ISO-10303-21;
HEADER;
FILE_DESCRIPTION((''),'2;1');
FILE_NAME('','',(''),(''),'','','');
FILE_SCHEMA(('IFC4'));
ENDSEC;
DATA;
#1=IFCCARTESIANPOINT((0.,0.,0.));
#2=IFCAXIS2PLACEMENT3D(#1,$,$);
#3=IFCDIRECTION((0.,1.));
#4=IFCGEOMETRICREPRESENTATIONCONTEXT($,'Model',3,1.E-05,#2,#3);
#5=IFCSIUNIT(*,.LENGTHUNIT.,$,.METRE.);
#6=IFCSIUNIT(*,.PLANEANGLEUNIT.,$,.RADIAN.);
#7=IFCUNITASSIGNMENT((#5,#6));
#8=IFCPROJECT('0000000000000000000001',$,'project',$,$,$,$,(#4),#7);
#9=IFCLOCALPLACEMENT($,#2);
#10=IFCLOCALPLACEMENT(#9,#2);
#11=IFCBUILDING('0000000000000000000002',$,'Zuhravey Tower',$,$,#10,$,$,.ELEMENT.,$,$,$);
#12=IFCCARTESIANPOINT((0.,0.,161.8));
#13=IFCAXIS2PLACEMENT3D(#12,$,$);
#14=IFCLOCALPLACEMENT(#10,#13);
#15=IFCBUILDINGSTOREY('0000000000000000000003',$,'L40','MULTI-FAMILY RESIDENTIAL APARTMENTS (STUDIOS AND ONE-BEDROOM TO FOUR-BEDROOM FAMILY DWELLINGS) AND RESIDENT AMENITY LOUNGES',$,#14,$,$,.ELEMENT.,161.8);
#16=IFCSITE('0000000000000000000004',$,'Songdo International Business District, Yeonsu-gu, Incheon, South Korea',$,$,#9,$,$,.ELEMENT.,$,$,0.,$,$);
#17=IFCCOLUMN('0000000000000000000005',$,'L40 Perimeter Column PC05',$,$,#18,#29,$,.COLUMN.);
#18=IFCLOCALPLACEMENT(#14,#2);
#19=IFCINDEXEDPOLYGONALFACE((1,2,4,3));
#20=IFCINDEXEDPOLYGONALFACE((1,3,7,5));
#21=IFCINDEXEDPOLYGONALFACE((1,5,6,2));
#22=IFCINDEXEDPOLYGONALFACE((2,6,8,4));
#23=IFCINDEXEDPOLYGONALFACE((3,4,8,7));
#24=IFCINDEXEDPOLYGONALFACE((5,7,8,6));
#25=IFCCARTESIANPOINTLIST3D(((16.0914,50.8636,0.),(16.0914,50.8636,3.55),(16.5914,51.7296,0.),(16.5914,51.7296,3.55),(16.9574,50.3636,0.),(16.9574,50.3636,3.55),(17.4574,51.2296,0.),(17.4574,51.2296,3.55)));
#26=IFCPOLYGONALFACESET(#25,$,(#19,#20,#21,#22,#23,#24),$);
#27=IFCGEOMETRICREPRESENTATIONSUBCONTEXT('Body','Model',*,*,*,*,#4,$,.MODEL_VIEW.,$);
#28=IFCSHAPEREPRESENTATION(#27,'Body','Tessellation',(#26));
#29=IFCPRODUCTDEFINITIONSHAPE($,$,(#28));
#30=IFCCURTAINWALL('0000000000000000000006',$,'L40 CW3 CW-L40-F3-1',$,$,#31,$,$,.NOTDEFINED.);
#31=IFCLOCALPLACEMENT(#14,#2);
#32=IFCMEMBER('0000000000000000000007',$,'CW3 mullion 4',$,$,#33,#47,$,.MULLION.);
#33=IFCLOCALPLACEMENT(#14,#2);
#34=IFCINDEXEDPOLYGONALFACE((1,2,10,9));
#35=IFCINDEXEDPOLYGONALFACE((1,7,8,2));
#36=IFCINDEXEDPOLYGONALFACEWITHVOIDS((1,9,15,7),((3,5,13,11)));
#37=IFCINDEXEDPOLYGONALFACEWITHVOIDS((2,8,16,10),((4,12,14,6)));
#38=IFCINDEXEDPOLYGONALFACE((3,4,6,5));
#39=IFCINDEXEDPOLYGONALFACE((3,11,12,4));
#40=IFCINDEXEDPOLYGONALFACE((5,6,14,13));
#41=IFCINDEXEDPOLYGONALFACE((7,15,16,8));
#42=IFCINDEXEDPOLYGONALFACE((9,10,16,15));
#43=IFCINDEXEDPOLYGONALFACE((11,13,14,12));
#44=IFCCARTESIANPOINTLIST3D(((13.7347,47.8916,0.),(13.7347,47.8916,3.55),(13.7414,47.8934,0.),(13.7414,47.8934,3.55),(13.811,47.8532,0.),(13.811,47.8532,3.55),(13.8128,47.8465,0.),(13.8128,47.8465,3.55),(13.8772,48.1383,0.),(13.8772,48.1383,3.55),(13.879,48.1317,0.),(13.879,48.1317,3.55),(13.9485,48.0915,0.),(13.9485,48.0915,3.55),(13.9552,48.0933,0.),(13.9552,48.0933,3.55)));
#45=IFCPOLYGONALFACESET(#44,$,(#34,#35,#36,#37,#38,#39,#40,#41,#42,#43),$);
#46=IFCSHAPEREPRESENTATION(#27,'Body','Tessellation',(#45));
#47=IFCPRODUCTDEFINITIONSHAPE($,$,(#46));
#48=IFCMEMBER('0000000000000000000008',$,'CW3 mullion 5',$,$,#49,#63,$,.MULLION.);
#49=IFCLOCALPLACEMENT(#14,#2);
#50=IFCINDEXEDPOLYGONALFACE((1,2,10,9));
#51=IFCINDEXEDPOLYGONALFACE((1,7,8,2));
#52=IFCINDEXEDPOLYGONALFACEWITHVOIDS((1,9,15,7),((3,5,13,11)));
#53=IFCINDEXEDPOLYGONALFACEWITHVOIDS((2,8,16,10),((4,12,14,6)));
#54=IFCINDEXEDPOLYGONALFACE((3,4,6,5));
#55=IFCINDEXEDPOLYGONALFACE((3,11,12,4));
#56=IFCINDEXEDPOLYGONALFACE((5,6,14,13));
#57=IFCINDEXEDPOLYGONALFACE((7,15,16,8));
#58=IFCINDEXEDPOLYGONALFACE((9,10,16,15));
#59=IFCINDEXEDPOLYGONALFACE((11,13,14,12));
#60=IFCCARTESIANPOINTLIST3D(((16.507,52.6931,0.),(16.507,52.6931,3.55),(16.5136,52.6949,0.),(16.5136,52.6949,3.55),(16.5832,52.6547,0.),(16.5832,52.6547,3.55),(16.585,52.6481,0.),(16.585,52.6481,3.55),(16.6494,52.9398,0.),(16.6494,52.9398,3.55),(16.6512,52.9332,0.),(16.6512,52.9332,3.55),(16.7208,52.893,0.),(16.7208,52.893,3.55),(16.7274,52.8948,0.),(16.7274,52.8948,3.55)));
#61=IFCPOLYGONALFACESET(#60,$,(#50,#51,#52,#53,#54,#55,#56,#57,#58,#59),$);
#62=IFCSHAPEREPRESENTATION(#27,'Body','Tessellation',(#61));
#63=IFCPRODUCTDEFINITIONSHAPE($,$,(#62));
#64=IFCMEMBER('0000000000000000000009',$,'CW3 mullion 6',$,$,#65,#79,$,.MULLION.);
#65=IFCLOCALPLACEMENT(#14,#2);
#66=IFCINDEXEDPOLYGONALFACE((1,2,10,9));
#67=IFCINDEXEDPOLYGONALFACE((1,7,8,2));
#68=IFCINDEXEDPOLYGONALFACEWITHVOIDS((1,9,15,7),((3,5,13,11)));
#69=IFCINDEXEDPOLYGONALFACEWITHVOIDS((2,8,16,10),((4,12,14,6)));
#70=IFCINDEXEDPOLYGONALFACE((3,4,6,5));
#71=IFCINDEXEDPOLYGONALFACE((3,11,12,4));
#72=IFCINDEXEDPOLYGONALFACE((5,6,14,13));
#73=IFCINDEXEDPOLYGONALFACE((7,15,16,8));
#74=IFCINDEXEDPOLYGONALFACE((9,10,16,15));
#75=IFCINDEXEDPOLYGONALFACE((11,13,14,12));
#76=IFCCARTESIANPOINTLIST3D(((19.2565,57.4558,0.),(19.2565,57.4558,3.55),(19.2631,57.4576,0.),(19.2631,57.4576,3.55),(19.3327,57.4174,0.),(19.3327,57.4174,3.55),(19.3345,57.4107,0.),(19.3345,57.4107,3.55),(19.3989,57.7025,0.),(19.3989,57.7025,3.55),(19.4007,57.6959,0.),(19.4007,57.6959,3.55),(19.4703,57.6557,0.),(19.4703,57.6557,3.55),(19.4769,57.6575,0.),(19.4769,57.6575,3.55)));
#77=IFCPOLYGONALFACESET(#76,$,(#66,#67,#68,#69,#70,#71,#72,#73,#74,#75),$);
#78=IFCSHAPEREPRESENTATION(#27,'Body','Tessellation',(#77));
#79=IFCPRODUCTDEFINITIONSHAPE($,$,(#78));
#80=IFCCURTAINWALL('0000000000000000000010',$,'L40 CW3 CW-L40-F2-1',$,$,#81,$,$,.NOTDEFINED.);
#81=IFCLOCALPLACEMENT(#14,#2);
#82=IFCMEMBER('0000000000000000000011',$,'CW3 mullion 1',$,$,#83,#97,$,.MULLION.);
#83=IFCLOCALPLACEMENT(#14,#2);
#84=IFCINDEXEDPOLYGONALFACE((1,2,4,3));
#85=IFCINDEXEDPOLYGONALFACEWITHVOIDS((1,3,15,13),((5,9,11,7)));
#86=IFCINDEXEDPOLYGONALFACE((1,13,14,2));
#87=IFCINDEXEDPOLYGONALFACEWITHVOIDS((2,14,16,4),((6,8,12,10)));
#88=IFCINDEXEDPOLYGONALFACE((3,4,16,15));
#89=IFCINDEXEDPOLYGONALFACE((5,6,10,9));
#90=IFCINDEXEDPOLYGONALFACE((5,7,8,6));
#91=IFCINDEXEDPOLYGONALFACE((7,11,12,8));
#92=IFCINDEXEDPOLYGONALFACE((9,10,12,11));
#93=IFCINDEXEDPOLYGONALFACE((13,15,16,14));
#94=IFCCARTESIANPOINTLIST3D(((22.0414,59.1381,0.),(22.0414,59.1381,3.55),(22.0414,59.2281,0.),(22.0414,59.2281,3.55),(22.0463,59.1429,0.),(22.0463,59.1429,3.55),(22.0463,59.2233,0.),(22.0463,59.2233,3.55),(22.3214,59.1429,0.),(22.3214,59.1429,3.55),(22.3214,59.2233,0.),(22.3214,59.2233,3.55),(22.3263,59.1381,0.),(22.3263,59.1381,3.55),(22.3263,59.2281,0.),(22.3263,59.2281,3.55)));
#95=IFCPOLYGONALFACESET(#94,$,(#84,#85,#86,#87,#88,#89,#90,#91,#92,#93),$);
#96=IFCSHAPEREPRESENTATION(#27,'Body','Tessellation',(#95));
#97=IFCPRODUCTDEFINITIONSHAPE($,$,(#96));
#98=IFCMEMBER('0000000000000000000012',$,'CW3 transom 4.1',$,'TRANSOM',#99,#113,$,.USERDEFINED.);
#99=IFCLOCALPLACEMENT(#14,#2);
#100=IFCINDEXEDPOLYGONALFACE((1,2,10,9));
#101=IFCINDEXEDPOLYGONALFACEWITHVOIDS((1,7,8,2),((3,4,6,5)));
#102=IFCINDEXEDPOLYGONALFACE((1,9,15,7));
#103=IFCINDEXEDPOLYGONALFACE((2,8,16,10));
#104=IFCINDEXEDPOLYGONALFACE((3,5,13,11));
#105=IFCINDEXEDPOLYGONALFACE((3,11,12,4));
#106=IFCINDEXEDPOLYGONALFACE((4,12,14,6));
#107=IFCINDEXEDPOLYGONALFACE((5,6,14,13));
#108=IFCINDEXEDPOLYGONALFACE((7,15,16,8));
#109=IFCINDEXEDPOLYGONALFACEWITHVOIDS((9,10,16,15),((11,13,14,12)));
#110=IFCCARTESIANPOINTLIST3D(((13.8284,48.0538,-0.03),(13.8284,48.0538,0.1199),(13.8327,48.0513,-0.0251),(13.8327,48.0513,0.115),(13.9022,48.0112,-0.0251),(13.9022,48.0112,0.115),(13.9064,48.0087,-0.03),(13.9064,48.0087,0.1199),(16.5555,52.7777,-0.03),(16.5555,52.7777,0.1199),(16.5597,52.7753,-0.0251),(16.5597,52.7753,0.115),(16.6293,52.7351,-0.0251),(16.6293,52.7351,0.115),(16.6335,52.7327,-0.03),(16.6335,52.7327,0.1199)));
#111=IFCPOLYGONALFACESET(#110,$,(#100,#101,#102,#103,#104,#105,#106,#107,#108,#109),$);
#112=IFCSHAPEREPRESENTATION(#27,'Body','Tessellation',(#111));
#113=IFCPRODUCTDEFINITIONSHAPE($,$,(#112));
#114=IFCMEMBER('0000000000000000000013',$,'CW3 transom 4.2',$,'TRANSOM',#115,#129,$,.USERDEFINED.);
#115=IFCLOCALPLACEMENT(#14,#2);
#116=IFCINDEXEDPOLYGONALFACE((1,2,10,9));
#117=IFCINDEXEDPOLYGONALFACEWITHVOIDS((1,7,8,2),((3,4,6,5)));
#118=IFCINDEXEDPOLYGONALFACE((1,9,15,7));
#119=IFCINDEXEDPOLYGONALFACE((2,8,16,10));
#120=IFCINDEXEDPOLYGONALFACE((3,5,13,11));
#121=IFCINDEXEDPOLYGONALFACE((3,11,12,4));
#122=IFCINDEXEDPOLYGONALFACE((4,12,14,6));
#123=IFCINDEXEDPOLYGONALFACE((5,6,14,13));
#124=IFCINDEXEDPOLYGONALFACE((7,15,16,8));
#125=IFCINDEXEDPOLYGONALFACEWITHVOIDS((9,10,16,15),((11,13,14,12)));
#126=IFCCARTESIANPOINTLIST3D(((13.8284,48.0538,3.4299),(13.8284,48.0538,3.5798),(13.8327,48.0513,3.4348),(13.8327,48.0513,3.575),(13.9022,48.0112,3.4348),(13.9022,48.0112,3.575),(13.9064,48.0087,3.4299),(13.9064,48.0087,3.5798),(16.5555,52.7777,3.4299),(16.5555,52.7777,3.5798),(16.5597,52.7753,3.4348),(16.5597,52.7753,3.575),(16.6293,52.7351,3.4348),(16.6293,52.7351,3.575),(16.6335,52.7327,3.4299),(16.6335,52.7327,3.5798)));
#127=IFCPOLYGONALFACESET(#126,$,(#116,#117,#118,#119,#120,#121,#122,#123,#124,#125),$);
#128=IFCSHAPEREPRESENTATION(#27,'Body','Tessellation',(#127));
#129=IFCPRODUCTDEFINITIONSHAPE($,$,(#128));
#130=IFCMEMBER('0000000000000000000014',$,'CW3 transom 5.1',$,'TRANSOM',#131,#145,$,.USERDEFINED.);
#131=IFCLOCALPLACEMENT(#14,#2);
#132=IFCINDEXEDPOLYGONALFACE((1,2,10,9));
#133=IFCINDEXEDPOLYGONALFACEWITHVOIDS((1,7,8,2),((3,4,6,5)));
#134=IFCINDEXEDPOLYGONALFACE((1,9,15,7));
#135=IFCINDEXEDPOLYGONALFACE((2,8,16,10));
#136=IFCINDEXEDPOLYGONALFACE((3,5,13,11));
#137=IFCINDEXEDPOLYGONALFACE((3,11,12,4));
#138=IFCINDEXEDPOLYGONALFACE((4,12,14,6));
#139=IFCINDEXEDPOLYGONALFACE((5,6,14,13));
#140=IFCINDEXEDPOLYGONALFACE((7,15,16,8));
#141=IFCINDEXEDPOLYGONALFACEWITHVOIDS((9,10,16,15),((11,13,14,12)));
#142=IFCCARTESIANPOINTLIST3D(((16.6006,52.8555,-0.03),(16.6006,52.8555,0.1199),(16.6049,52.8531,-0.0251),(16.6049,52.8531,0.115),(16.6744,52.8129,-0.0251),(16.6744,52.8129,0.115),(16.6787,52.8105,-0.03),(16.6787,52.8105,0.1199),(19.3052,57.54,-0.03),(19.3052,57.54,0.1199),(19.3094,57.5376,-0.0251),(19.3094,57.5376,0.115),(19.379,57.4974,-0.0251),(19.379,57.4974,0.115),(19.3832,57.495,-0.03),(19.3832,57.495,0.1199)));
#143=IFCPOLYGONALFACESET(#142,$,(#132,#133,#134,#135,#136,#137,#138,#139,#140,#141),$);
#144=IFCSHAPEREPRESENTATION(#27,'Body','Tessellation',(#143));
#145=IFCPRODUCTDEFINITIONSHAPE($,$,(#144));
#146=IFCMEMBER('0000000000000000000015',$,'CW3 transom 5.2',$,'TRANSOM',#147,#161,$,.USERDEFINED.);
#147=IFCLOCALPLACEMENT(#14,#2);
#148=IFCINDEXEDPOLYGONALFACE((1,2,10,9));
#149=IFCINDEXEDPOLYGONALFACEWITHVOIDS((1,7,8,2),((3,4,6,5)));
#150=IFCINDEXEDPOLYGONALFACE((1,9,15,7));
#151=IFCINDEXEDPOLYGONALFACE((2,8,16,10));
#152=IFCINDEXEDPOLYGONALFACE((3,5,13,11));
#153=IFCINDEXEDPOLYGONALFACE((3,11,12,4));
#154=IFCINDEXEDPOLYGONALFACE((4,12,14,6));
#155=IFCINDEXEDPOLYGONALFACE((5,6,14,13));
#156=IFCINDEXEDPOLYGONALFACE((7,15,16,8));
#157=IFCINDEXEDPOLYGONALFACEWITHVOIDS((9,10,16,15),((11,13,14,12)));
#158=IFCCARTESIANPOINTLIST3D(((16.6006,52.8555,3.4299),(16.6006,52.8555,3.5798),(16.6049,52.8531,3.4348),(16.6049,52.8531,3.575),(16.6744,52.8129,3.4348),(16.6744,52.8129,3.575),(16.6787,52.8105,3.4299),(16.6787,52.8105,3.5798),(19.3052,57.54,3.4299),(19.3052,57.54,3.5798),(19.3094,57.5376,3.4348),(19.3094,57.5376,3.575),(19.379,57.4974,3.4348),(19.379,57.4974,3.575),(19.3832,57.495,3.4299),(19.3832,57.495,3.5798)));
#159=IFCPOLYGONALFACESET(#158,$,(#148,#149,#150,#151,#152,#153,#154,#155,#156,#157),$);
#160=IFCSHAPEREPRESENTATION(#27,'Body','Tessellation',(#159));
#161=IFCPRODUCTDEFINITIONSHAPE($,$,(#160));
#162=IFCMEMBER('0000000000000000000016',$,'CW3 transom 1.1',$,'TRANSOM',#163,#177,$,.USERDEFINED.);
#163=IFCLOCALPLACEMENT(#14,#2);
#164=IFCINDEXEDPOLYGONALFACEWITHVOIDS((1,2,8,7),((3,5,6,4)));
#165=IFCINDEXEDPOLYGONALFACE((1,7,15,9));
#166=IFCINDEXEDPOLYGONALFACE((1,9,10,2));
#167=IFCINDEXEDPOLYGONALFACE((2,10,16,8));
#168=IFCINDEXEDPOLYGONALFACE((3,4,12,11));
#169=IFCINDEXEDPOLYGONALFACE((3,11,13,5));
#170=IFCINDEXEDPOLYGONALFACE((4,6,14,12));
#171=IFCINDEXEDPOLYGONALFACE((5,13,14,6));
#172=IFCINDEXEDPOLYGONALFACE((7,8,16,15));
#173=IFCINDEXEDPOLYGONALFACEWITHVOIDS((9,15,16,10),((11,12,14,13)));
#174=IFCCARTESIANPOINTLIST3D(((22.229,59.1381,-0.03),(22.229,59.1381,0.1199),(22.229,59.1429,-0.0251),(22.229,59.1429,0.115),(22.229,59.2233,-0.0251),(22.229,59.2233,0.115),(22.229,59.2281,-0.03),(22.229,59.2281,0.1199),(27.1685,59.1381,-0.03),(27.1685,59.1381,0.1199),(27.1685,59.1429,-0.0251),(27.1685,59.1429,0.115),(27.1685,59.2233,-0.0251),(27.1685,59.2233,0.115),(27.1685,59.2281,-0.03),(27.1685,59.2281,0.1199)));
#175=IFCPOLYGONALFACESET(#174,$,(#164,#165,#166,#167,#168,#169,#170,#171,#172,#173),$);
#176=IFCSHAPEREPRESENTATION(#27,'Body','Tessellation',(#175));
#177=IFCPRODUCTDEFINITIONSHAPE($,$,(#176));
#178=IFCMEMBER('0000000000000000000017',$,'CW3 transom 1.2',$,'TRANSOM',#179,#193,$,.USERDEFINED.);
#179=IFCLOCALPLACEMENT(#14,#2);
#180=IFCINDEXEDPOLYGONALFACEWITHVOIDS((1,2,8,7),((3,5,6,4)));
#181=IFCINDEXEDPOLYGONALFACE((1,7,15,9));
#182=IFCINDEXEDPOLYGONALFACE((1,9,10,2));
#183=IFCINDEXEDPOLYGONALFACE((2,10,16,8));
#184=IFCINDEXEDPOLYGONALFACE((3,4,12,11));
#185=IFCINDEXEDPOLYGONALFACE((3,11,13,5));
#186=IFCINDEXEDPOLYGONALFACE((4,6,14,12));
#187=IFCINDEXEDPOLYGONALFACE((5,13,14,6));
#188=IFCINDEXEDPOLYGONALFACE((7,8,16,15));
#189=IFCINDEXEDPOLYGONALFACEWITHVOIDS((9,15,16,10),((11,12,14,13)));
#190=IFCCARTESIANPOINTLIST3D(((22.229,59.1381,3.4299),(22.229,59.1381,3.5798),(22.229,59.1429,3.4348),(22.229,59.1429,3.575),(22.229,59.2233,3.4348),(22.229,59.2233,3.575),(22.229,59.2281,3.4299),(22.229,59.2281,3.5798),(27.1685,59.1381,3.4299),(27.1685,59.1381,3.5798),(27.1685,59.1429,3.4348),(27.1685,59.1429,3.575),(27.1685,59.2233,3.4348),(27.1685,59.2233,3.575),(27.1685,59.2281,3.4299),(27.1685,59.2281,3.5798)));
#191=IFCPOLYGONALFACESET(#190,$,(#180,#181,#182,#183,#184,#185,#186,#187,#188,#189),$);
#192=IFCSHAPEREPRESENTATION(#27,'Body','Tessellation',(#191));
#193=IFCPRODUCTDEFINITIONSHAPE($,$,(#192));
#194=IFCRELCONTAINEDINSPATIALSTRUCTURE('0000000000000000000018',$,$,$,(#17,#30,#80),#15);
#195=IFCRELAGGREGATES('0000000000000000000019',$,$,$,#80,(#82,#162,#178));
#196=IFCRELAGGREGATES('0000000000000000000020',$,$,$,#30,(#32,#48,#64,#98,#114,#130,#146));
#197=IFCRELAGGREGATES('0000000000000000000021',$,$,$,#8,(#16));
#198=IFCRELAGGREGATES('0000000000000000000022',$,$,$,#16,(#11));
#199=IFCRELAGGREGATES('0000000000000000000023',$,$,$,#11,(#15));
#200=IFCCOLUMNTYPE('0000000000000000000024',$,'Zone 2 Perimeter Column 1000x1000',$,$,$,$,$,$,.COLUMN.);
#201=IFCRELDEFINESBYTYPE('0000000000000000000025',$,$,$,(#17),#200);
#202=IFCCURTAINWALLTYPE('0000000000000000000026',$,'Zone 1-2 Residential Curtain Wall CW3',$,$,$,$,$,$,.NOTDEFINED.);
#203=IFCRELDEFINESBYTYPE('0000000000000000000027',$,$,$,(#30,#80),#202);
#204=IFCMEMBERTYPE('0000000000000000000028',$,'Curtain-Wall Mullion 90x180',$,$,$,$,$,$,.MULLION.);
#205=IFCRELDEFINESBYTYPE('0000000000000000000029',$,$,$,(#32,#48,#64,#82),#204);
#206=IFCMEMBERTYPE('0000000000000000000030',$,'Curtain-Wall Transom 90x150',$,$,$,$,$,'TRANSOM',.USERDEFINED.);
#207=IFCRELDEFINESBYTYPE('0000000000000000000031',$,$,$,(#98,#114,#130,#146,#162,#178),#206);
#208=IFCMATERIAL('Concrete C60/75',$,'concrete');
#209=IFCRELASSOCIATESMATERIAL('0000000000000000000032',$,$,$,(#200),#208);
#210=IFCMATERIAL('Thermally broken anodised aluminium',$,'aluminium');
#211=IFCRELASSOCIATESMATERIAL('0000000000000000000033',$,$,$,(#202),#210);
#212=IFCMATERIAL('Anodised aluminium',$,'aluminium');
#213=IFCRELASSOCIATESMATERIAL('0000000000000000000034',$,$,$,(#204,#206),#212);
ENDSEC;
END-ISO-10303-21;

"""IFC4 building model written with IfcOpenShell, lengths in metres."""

from ifc_helpers import new_model, si_unit, direction, frame, origin, origin_2d, place, context, subcontext, project, spatial, rectangle, hollow_rectangle, extrude, material, material_profile, profile_set, type_object, element, aggregate, save


model = new_model("IFC4")

# Units and contexts
model_context = context("Model", 3, precision=1e-05, world=origin(), true_north=direction((0.0, 1.0)))
body_context = subcontext(model_context, "Body", "Model", "MODEL_VIEW")
ifc_project = project(units=[si_unit("LENGTHUNIT", "METRE"), si_unit("PLANEANGLEUNIT", "RADIAN")], contexts=[model_context])

# Site, building, storey
site_placement = place(None, origin())
site = spatial("IfcSite", under=ifc_project, at=site_placement, Name="Songdo International Business District, Yeonsu-gu, Incheon, South Korea", CompositionType="ELEMENT", RefElevation=0.0)
building_placement = place(site_placement, origin())
building = spatial("IfcBuilding", under=site, at=building_placement, Name="Zuhravey Tower", CompositionType="ELEMENT")
storey_placement = place(building_placement, frame((0.0, 0.0, 161.8)))
storey = spatial("IfcBuildingStorey", under=building, at=storey_placement, Name="L40", Description="MULTI-FAMILY RESIDENTIAL APARTMENTS (STUDIOS AND ONE-BEDROOM TO FOUR-BEDROOM FAMILY DWELLINGS) AND RESIDENT AMENITY LOUNGES", CompositionType="ELEMENT", Elevation=161.8)

# Column
ifc_material_1 = material(Name="Concrete C60/75", Category="concrete")
ifc_material_profile_1 = material_profile(ifc_material_1, rectangle(XDim=1.0, YDim=1.0, at=origin_2d()), Name="RC-1000x1000")
ifc_profile_set_1 = profile_set([ifc_material_profile_1], Name="Concrete C60/75")
column_type = type_object("IfcColumnType", Name="Zone 2 Perimeter Column 1000x1000", PredefinedType="COLUMN", material=ifc_profile_set_1)
column_placement = place(storey_placement, frame((16.7744, 51.0466, 0.0), z_axis=(0.0, 0.0, 1.0), x_axis=(-0.5, -0.866025, 0.0)))
element("IfcColumn", 1, at=column_placement, inside=storey, type_object=column_type, Name="L40 Perimeter Column PC05", PredefinedType="COLUMN", context=body_context, shape_type="SweptSolid", body=[
    extrude(rectangle(XDim=1.0, YDim=1.0, at=origin_2d()), origin(), (0.0, 0.0, 1.0), 3.55),
])

# Curtain wall, members
ifc_material_2 = material(Name="Thermally broken anodised aluminium", Category="aluminium")
curtain_wall_type = type_object("IfcCurtainWallType", Name="Zone 1-2 Residential Curtain Wall CW3", PredefinedType="NOTDEFINED", material=ifc_material_2)
curtain_wall_1_placement = place(storey_placement, origin())
curtain_wall_1 = element("IfcCurtainWall", 2, at=curtain_wall_1_placement, inside=storey, type_object=curtain_wall_type, Name="L40 CW3 CW-L40-F3-1", PredefinedType="NOTDEFINED")
ifc_material_3 = material(Name="Anodised aluminium", Category="aluminium")
ifc_material_profile_2 = material_profile(ifc_material_3, hollow_rectangle(XDim=0.0901, YDim=0.2849, WallThickness=0.0049, at=origin_2d()), Name="ALU-RHS-90x285x5")
ifc_profile_set_2 = profile_set([ifc_material_profile_2], Name="Anodised aluminium")
member_type_1 = type_object("IfcMemberType", Name="Curtain-Wall Mullion 90x180", PredefinedType="MULLION", material=ifc_profile_set_2)
member_1_placement = place(storey_placement, frame((13.845, 47.9924, 0.0), z_axis=(0.0, 0.0, 1.0), x_axis=(-0.866025, 0.5, 0.0)))
member_1 = element("IfcMember", 3, at=member_1_placement, type_object=member_type_1, Name="CW3 mullion 4", PredefinedType="MULLION", context=body_context, shape_type="SweptSolid", body=[
    extrude(hollow_rectangle(XDim=0.0901, YDim=0.2849, WallThickness=0.0049, at=origin_2d()), origin(), (0.0, 0.0, 1.0), 3.55),
])
member_2_placement = place(storey_placement, frame((16.6172, 52.7939, 0.0), z_axis=(0.0, 0.0, 1.0), x_axis=(-0.866025, 0.5, 0.0)))
member_2 = element("IfcMember", 4, at=member_2_placement, type_object=member_type_1, Name="CW3 mullion 5", PredefinedType="MULLION", context=body_context, shape_type="SweptSolid", body=[
    extrude(hollow_rectangle(XDim=0.0901, YDim=0.2849, WallThickness=0.0049, at=origin_2d()), origin(), (0.0, 0.0, 1.0), 3.55),
])
member_3_placement = place(storey_placement, frame((19.3667, 57.5566, 0.0), z_axis=(0.0, 0.0, 1.0), x_axis=(-0.866025, 0.5, 0.0)))
member_3 = element("IfcMember", 5, at=member_3_placement, type_object=member_type_1, Name="CW3 mullion 6", PredefinedType="MULLION", context=body_context, shape_type="SweptSolid", body=[
    extrude(hollow_rectangle(XDim=0.0901, YDim=0.2849, WallThickness=0.0049, at=origin_2d()), origin(), (0.0, 0.0, 1.0), 3.55),
])

# Curtain wall, member
curtain_wall_2_placement = place(storey_placement, origin())
curtain_wall_2 = element("IfcCurtainWall", 6, at=curtain_wall_2_placement, inside=storey, type_object=curtain_wall_type, Name="L40 CW3 CW-L40-F2-1", PredefinedType="NOTDEFINED")
member_4_placement = place(storey_placement, frame((22.1838, 59.1831, 0.0), z_axis=(0.0, 0.0, 1.0), x_axis=(0.0, 1.0, 0.0)))
member_4 = element("IfcMember", 7, at=member_4_placement, type_object=member_type_1, Name="CW3 mullion 1", PredefinedType="MULLION", context=body_context, shape_type="SweptSolid", body=[
    extrude(hollow_rectangle(XDim=0.0901, YDim=0.2849, WallThickness=0.0049, at=origin_2d()), origin(), (0.0, 0.0, 1.0), 3.55),
])

# Members
ifc_material_profile_3 = material_profile(ifc_material_3, hollow_rectangle(XDim=0.0901, YDim=0.1499, WallThickness=0.0049, at=origin_2d()), Name="ALU-RHS-90x150x5")
ifc_profile_set_3 = profile_set([ifc_material_profile_3], Name="Anodised aluminium")
member_type_2 = type_object("IfcMemberType", Name="Curtain-Wall Transom 90x150", ElementType="TRANSOM", PredefinedType="USERDEFINED", material=ifc_profile_set_3)
member_5_placement = place(storey_placement, frame((13.8674, 48.0312, 0.0449), z_axis=(0.499961, 0.866048, 0.0), x_axis=(-0.866048, 0.499961, 0.0)))
member_5 = element("IfcMember", 8, at=member_5_placement, type_object=member_type_2, Name="CW3 transom 4.1", ObjectType="TRANSOM", PredefinedType="USERDEFINED", context=body_context, shape_type="SweptSolid", body=[
    extrude(hollow_rectangle(XDim=0.0901, YDim=0.1499, WallThickness=0.0049, at=origin_2d()), origin(), (0.0, 0.0, 1.0), 5.4546),
])
member_6_placement = place(storey_placement, frame((13.8674, 48.0312, 3.5049), z_axis=(0.499961, 0.866048, 0.0), x_axis=(-0.866048, 0.499961, 0.0)))
member_6 = element("IfcMember", 9, at=member_6_placement, type_object=member_type_2, Name="CW3 transom 4.2", ObjectType="TRANSOM", PredefinedType="USERDEFINED", context=body_context, shape_type="SweptSolid", body=[
    extrude(hollow_rectangle(XDim=0.0901, YDim=0.1499, WallThickness=0.0049, at=origin_2d()), origin(), (0.0, 0.0, 1.0), 5.4546),
])
member_7_placement = place(storey_placement, frame((16.6396, 52.833, 0.0449), z_axis=(0.499993, 0.866029, 0.0), x_axis=(-0.866029, 0.499993, 0.0)))
member_7 = element("IfcMember", 10, at=member_7_placement, type_object=member_type_2, Name="CW3 transom 5.1", ObjectType="TRANSOM", PredefinedType="USERDEFINED", context=body_context, shape_type="SweptSolid", body=[
    extrude(hollow_rectangle(XDim=0.0901, YDim=0.1499, WallThickness=0.0049, at=origin_2d()), origin(), (0.0, 0.0, 1.0), 5.4092),
])
member_8_placement = place(storey_placement, frame((16.6396, 52.833, 3.5049), z_axis=(0.499993, 0.866029, 0.0), x_axis=(-0.866029, 0.499993, 0.0)))
member_8 = element("IfcMember", 11, at=member_8_placement, type_object=member_type_2, Name="CW3 transom 5.2", ObjectType="TRANSOM", PredefinedType="USERDEFINED", context=body_context, shape_type="SweptSolid", body=[
    extrude(hollow_rectangle(XDim=0.0901, YDim=0.1499, WallThickness=0.0049, at=origin_2d()), origin(), (0.0, 0.0, 1.0), 5.4092),
])
member_9_placement = place(storey_placement, frame((22.229, 59.1831, 0.0449), z_axis=(1.0, 0.0, 0.0), x_axis=(0.0, 1.0, 0.0)))
member_9 = element("IfcMember", 12, at=member_9_placement, type_object=member_type_2, Name="CW3 transom 1.1", ObjectType="TRANSOM", PredefinedType="USERDEFINED", context=body_context, shape_type="SweptSolid", body=[
    extrude(hollow_rectangle(XDim=0.0901, YDim=0.1499, WallThickness=0.0049, at=origin_2d()), origin(), (0.0, 0.0, 1.0), 4.9395),
])
member_10_placement = place(storey_placement, frame((22.229, 59.1831, 3.5049), z_axis=(1.0, 0.0, 0.0), x_axis=(0.0, 1.0, 0.0)))
member_10 = element("IfcMember", 13, at=member_10_placement, type_object=member_type_2, Name="CW3 transom 1.2", ObjectType="TRANSOM", PredefinedType="USERDEFINED", context=body_context, shape_type="SweptSolid", body=[
    extrude(hollow_rectangle(XDim=0.0901, YDim=0.1499, WallThickness=0.0049, at=origin_2d()), origin(), (0.0, 0.0, 1.0), 4.9395),
])
aggregate(curtain_wall_2, [member_4, member_9, member_10])

aggregate(curtain_wall_1, [member_1, member_2, member_3, member_5, member_6, member_7, member_8])

save(model, "model.ifc")
